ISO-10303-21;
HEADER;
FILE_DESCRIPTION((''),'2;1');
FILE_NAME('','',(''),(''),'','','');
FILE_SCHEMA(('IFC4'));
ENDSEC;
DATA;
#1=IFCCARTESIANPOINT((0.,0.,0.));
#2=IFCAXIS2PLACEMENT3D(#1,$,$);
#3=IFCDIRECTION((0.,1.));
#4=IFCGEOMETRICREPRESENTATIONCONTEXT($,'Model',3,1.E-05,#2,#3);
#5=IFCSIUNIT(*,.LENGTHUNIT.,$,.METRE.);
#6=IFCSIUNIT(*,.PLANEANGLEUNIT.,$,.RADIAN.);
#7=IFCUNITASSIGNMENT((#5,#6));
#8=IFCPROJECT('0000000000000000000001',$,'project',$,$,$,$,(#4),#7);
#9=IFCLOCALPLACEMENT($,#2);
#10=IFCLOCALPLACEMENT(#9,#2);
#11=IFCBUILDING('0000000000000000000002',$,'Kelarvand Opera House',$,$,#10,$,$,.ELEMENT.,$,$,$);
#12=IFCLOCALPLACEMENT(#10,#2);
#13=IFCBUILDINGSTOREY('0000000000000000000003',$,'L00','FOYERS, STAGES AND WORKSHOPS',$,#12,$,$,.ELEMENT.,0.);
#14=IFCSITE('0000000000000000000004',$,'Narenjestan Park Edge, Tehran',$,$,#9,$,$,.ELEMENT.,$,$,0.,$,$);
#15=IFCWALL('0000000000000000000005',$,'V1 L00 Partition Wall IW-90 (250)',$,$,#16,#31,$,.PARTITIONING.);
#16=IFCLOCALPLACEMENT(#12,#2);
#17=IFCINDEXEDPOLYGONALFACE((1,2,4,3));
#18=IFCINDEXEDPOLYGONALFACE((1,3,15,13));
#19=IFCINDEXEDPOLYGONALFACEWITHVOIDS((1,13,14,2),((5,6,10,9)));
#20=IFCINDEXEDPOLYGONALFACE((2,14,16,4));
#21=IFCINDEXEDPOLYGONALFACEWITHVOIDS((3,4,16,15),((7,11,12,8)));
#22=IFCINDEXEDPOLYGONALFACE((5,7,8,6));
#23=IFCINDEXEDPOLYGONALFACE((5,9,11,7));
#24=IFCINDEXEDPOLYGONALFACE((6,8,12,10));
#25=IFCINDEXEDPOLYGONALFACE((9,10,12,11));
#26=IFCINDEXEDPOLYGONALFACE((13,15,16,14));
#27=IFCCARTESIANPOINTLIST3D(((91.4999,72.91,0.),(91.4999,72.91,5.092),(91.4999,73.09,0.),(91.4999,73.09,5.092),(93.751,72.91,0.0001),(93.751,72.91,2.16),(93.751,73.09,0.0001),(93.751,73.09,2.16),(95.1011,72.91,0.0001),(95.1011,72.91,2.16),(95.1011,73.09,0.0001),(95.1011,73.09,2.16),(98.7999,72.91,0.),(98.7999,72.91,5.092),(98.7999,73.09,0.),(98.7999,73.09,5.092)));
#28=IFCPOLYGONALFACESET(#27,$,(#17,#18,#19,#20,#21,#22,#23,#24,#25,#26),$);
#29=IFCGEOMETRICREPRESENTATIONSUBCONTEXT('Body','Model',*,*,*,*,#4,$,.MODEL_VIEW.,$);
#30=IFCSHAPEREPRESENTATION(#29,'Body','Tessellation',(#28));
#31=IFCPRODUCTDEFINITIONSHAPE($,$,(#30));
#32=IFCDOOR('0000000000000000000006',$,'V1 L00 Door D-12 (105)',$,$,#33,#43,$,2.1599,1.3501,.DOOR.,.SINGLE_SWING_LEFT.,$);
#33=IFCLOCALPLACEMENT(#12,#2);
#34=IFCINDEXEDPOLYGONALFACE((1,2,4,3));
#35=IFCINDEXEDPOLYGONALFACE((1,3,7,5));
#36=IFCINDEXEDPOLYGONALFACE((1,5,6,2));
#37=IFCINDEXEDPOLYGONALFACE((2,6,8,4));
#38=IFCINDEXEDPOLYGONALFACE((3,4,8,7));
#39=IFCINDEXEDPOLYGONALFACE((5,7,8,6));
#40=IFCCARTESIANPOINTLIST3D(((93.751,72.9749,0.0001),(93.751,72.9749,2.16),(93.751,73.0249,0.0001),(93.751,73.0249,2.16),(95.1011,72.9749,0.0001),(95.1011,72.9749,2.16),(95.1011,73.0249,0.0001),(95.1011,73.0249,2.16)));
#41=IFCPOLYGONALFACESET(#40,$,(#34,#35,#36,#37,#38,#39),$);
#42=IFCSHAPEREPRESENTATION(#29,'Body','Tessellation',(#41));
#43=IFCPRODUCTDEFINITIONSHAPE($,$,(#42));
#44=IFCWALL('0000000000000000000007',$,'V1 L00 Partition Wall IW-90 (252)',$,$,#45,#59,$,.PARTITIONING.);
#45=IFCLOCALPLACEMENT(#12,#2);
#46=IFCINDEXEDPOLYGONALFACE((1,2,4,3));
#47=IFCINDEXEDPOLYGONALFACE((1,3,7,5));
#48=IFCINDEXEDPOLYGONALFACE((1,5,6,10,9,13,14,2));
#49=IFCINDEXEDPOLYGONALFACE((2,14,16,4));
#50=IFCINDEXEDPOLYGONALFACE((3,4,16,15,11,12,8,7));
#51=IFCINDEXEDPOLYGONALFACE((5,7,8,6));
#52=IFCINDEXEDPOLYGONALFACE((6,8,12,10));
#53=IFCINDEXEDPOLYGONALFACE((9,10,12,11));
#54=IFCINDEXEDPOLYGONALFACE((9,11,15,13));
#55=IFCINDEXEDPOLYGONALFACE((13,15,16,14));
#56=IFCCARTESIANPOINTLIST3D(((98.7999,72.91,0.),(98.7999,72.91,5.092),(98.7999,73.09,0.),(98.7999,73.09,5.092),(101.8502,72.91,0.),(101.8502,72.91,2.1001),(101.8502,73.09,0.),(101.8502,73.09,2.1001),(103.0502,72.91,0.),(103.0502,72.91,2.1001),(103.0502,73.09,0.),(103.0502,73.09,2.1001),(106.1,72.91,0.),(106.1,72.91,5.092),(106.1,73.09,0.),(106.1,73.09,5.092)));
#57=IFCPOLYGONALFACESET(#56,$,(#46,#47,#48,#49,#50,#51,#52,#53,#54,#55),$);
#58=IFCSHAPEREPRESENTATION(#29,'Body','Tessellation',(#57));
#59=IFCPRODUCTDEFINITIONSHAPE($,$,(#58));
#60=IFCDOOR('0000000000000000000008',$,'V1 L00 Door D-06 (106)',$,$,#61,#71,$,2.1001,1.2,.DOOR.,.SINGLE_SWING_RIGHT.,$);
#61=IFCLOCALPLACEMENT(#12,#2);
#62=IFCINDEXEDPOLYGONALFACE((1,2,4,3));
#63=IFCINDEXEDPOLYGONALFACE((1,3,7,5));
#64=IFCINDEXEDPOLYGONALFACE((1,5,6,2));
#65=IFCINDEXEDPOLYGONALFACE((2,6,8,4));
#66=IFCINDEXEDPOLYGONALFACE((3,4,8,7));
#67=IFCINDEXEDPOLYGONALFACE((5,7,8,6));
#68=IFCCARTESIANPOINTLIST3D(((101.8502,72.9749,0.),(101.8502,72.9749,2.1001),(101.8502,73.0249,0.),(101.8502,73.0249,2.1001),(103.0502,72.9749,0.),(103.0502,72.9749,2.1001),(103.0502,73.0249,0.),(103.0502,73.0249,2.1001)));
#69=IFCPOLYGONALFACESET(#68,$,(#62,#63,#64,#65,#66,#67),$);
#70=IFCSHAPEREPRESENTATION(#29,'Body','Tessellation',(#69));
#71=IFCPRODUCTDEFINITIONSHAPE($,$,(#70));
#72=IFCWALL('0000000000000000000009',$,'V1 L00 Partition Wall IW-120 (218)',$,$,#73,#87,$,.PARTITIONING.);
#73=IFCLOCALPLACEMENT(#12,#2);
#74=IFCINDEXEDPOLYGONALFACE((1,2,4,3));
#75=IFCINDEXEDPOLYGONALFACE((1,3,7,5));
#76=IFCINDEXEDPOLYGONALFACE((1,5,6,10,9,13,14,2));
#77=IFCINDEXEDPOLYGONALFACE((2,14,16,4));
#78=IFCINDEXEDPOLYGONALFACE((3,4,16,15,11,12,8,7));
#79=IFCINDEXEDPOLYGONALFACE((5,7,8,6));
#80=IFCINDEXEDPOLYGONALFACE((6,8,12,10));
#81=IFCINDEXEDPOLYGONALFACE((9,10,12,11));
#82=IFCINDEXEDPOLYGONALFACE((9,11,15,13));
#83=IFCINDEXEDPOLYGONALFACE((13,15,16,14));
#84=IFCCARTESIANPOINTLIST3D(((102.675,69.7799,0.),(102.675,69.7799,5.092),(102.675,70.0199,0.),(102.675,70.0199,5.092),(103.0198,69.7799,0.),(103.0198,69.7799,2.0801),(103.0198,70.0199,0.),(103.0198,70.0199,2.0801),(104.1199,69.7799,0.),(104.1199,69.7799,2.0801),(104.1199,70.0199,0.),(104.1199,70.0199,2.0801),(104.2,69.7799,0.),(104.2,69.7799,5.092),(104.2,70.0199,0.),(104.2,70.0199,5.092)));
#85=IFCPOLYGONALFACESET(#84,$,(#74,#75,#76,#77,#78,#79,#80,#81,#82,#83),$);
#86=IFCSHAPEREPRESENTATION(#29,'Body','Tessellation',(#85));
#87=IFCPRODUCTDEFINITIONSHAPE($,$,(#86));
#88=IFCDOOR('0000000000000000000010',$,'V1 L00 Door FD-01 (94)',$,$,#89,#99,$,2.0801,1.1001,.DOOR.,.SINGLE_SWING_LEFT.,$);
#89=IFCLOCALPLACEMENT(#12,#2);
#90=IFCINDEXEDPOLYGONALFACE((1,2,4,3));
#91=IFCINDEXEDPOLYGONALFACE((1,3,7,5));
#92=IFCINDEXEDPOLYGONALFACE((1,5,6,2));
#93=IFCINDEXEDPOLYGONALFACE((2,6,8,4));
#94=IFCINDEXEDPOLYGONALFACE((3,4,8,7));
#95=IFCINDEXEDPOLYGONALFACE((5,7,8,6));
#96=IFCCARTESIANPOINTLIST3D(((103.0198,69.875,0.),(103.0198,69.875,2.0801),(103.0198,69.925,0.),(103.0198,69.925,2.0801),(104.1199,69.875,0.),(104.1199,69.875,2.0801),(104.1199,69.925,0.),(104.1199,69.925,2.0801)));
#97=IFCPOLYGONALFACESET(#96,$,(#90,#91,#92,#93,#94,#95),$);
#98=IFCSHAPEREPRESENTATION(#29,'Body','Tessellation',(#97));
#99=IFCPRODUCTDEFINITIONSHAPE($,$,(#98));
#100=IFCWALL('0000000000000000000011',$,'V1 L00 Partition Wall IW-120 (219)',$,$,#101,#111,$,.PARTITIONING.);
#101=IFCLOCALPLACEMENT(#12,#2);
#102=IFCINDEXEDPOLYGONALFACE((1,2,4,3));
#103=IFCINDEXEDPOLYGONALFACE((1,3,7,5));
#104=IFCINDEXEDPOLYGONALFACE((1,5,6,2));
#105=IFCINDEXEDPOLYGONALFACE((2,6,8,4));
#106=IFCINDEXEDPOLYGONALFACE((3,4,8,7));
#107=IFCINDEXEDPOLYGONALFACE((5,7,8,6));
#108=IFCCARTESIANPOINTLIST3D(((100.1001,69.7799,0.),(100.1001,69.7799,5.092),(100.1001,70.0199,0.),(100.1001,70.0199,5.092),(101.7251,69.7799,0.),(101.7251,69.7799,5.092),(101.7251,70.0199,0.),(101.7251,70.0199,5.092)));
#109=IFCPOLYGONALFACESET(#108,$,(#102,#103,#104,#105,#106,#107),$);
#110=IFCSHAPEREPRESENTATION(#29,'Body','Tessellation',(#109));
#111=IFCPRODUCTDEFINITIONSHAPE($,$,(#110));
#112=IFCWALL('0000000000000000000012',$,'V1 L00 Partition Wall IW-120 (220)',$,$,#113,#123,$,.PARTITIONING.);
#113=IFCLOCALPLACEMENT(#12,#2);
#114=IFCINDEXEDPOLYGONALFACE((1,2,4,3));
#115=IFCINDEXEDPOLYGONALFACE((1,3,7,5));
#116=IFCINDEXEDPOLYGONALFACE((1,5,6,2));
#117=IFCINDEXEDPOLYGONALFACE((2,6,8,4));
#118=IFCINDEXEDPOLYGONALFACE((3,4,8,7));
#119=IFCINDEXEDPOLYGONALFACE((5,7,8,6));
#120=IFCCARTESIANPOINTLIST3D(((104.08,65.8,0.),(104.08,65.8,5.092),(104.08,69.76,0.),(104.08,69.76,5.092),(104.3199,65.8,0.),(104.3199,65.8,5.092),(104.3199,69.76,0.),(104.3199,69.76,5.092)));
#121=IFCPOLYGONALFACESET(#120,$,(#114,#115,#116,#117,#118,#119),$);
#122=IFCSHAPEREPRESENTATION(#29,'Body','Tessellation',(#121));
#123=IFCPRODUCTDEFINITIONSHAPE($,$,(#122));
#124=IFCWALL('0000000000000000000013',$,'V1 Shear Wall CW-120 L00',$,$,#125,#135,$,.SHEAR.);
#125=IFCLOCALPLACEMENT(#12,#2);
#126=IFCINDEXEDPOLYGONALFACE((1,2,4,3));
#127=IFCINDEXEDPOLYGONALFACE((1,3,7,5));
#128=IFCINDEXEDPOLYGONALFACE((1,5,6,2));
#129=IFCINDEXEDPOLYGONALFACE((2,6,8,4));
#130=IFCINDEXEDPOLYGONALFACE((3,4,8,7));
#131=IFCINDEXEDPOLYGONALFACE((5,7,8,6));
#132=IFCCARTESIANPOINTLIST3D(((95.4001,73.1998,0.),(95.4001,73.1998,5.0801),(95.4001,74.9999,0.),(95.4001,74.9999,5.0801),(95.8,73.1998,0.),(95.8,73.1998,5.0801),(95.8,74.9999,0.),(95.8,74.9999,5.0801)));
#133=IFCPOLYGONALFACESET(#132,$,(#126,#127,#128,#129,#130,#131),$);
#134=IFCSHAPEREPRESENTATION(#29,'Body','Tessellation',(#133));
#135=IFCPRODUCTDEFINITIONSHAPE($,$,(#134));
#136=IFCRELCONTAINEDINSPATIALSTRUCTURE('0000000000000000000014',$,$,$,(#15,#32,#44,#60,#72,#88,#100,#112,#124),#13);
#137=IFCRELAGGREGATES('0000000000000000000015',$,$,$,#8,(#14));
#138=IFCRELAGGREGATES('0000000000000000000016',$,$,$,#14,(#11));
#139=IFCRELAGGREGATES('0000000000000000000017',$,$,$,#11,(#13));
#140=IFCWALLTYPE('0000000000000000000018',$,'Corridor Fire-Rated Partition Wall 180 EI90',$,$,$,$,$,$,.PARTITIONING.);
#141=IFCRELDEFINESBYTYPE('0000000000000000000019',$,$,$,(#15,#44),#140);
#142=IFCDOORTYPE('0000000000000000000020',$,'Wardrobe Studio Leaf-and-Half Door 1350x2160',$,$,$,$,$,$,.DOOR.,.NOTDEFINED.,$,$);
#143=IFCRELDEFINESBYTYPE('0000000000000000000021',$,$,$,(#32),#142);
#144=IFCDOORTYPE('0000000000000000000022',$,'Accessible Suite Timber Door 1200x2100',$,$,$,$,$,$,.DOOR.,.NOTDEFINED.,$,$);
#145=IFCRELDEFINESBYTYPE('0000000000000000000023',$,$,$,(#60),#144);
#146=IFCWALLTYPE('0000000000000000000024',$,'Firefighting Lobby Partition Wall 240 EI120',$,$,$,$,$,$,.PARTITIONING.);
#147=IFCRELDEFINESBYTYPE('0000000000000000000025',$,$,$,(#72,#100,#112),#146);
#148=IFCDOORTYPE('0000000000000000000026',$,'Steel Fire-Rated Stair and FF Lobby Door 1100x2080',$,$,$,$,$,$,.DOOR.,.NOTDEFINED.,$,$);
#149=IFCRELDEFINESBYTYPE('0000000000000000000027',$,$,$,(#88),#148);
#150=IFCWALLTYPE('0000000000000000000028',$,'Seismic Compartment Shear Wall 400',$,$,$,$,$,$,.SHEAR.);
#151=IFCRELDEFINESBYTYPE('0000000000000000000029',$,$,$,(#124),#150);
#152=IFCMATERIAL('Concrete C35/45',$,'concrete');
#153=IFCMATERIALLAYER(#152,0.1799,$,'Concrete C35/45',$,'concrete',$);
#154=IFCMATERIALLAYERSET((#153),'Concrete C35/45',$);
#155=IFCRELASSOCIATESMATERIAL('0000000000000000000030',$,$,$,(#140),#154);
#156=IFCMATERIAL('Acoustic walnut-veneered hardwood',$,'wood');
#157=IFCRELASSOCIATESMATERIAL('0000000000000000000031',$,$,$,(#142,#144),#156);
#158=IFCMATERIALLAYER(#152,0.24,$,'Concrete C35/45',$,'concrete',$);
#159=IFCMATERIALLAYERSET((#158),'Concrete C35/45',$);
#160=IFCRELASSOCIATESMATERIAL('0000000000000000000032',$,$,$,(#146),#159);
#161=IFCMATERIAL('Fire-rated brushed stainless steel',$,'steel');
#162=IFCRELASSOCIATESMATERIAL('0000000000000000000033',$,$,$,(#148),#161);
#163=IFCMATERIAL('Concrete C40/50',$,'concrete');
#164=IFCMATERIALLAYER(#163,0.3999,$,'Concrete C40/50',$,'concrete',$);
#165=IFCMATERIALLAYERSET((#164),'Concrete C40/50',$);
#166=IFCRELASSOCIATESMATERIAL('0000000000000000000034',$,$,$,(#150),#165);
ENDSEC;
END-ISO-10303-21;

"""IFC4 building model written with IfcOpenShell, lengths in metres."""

from ifc_helpers import new_model, si_unit, direction, frame, frame_2d, origin, place, context, subcontext, project, spatial, rectangle, extrude, material, layer, layer_set, type_object, element, fill, save


model = new_model("IFC4")

# Units and contexts
model_context = context("Model", 3, precision=1e-05, world=origin(), true_north=direction((0.0, 1.0)))
body_context = subcontext(model_context, "Body", "Model", "MODEL_VIEW")
ifc_project = project(units=[si_unit("LENGTHUNIT", "METRE"), si_unit("PLANEANGLEUNIT", "RADIAN")], contexts=[model_context])

# Site, building, storey
site_placement = place(None, origin())
site = spatial("IfcSite", under=ifc_project, at=site_placement, Name="Narenjestan Park Edge, Tehran", CompositionType="ELEMENT", RefElevation=0.0)
building_placement = place(site_placement, origin())
building = spatial("IfcBuilding", under=site, at=building_placement, Name="Kelarvand Opera House", CompositionType="ELEMENT")
storey_placement = place(building_placement, origin())
storey = spatial("IfcBuildingStorey", under=building, at=storey_placement, Name="L00", Description="FOYERS, STAGES AND WORKSHOPS", CompositionType="ELEMENT", Elevation=0.0)

# Shared definitions
ifc_material_1 = material(Name="Concrete C40/50", Category="concrete")

# Walls, openings, doors
ifc_material_2 = material(Name="Concrete C35/45", Category="concrete")
ifc_layer_1 = layer(ifc_material_2, 0.1799, Name="Concrete C35/45", Category="concrete")
ifc_layer_set_1 = layer_set([ifc_layer_1], Name="Concrete C35/45")
wall_type_1 = type_object("IfcWallType", Name="Corridor Fire-Rated Partition Wall 180 EI90", PredefinedType="PARTITIONING", material=ifc_layer_set_1)
ifc_material_3 = material(Name="Acoustic walnut-veneered hardwood", Category="wood")
wall_1_placement = place(storey_placement, frame((91.5, 73.0, 0.0), z_axis=(0.0, 0.0, 1.0), x_axis=(1.0, 0.0, 0.0)))
wall_1 = element("IfcWall", 1, at=wall_1_placement, inside=storey, type_object=wall_type_1, Name="V1 L00 Partition Wall IW-90 (250)", PredefinedType="PARTITIONING", context=body_context, shape_type="SweptSolid", body=[
    extrude(rectangle(XDim=7.3, YDim=0.1799, at=frame_2d((3.6499, 0.0))), origin(), (0.0, 0.0, 1.0), 5.092),
])
opening_1_placement = place(wall_1_placement, frame((2.251, 0.0, 0.0)))
opening_1 = element("IfcOpeningElement", 2, at=opening_1_placement, cuts=wall_1, PredefinedType="OPENING", context=body_context, shape_type="SweptSolid", body=[
    extrude(rectangle(XDim=1.3501, YDim=2.1599, at=frame_2d((0.675, 1.0801))), frame((0.0, 0.1001, 0.0), z_axis=(0.0, -1.0, 0.0), x_axis=(1.0, 0.0, 0.0)), (0.0, 0.0, 1.0), 0.2),
])
door_type_1 = type_object("IfcDoorType", Name="Wardrobe Studio Leaf-and-Half Door 1350x2160", OperationType="NOTDEFINED", PredefinedType="DOOR", material=ifc_material_3)
door_1_placement = place(opening_1_placement, origin())
door_1 = element("IfcDoor", 3, at=door_1_placement, inside=storey, type_object=door_type_1, Name="V1 L00 Door D-12 (105)", OperationType="SINGLE_SWING_LEFT", OverallHeight=2.1599, OverallWidth=1.3501, PredefinedType="DOOR", context=body_context, shape_type="SweptSolid", body=[
    extrude(rectangle(XDim=1.3501, YDim=2.1599, at=frame_2d((0.675, 1.0801))), frame((0.0, 0.0249, 0.0), z_axis=(0.0, -1.0, 0.0), x_axis=(1.0, 0.0, 0.0)), (0.0, 0.0, 1.0), 0.05),
])
fill(opening_1, door_1)
wall_2_placement = place(storey_placement, frame((98.8, 73.0, 0.0), z_axis=(0.0, 0.0, 1.0), x_axis=(1.0, 0.0, 0.0)))
wall_2 = element("IfcWall", 4, at=wall_2_placement, inside=storey, type_object=wall_type_1, Name="V1 L00 Partition Wall IW-90 (252)", PredefinedType="PARTITIONING", context=body_context, shape_type="SweptSolid", body=[
    extrude(rectangle(XDim=7.3, YDim=0.1799, at=frame_2d((3.6499, 0.0))), origin(), (0.0, 0.0, 1.0), 5.092),
])
opening_2_placement = place(wall_2_placement, frame((3.05, 0.0, 0.0)))
opening_2 = element("IfcOpeningElement", 5, at=opening_2_placement, cuts=wall_2, PredefinedType="OPENING", context=body_context, shape_type="SweptSolid", body=[
    extrude(rectangle(XDim=1.2, YDim=2.1001, at=frame_2d((0.6001, 1.05))), frame((0.0, 0.1001, 0.0), z_axis=(0.0, -1.0, 0.0), x_axis=(1.0, 0.0, 0.0)), (0.0, 0.0, 1.0), 0.2),
])
door_type_2 = type_object("IfcDoorType", Name="Accessible Suite Timber Door 1200x2100", OperationType="NOTDEFINED", PredefinedType="DOOR", material=ifc_material_3)
door_2_placement = place(opening_2_placement, origin())
door_2 = element("IfcDoor", 6, at=door_2_placement, inside=storey, type_object=door_type_2, Name="V1 L00 Door D-06 (106)", OperationType="SINGLE_SWING_RIGHT", OverallHeight=2.1001, OverallWidth=1.2, PredefinedType="DOOR", context=body_context, shape_type="SweptSolid", body=[
    extrude(rectangle(XDim=1.2, YDim=2.1001, at=frame_2d((0.6001, 1.05))), frame((0.0, 0.0249, 0.0), z_axis=(0.0, -1.0, 0.0), x_axis=(1.0, 0.0, 0.0)), (0.0, 0.0, 1.0), 0.05),
])
fill(opening_2, door_2)
ifc_layer_2 = layer(ifc_material_2, 0.24, Name="Concrete C35/45", Category="concrete")
ifc_layer_set_2 = layer_set([ifc_layer_2], Name="Concrete C35/45")
wall_type_2 = type_object("IfcWallType", Name="Firefighting Lobby Partition Wall 240 EI120", PredefinedType="PARTITIONING", material=ifc_layer_set_2)
wall_3_placement = place(storey_placement, frame((104.2, 69.8999, 0.0), z_axis=(0.0, 0.0, 1.0), x_axis=(-1.0, 0.0, 0.0)))
wall_3 = element("IfcWall", 7, at=wall_3_placement, inside=storey, type_object=wall_type_2, Name="V1 L00 Partition Wall IW-120 (218)", PredefinedType="PARTITIONING", context=body_context, shape_type="SweptSolid", body=[
    extrude(rectangle(XDim=1.5249, YDim=0.24, at=frame_2d((0.7625, 0.0))), origin(), (0.0, 0.0, 1.0), 5.092),
])
opening_3_placement = place(wall_3_placement, frame((0.0801, 0.0, 0.0)))
opening_3 = element("IfcOpeningElement", 8, at=opening_3_placement, cuts=wall_3, PredefinedType="OPENING", context=body_context, shape_type="SweptSolid", body=[
    extrude(rectangle(XDim=1.1001, YDim=2.0801, at=frame_2d((0.55, 1.04))), frame((0.0, 0.1299, 0.0), z_axis=(0.0, -1.0, 0.0), x_axis=(1.0, 0.0, 0.0)), (0.0, 0.0, 1.0), 0.26),
])
ifc_material_4 = material(Name="Fire-rated brushed stainless steel", Category="steel")
door_type_3 = type_object("IfcDoorType", Name="Steel Fire-Rated Stair and FF Lobby Door 1100x2080", OperationType="NOTDEFINED", PredefinedType="DOOR", material=ifc_material_4)
door_3_placement = place(opening_3_placement, origin())
door_3 = element("IfcDoor", 9, at=door_3_placement, inside=storey, type_object=door_type_3, Name="V1 L00 Door FD-01 (94)", OperationType="SINGLE_SWING_LEFT", OverallHeight=2.0801, OverallWidth=1.1001, PredefinedType="DOOR", context=body_context, shape_type="SweptSolid", body=[
    extrude(rectangle(XDim=1.1001, YDim=2.0801, at=frame_2d((0.55, 1.04))), frame((0.0, 0.0249, 0.0), z_axis=(0.0, -1.0, 0.0), x_axis=(1.0, 0.0, 0.0)), (0.0, 0.0, 1.0), 0.05),
])
fill(opening_3, door_3)

# Walls
wall_4_placement = place(storey_placement, frame((101.7251, 69.8999, 0.0), z_axis=(0.0, 0.0, 1.0), x_axis=(-1.0, 0.0, 0.0)))
element("IfcWall", 10, at=wall_4_placement, inside=storey, type_object=wall_type_2, Name="V1 L00 Partition Wall IW-120 (219)", PredefinedType="PARTITIONING", context=body_context, shape_type="SweptSolid", body=[
    extrude(rectangle(XDim=1.625, YDim=0.24, at=frame_2d((0.8125, 0.0))), origin(), (0.0, 0.0, 1.0), 5.092),
])
wall_5_placement = place(storey_placement, frame((104.2, 69.76, 0.0), z_axis=(0.0, 0.0, 1.0), x_axis=(0.0, -1.0, 0.0)))
element("IfcWall", 11, at=wall_5_placement, inside=storey, type_object=wall_type_2, Name="V1 L00 Partition Wall IW-120 (220)", PredefinedType="PARTITIONING", context=body_context, shape_type="SweptSolid", body=[
    extrude(rectangle(XDim=3.96, YDim=0.24, at=frame_2d((1.98, 0.0))), origin(), (0.0, 0.0, 1.0), 5.092),
])
ifc_layer_3 = layer(ifc_material_1, 0.3999, Name="Concrete C40/50", Category="concrete")
ifc_layer_set_3 = layer_set([ifc_layer_3], Name="Concrete C40/50")
wall_type_3 = type_object("IfcWallType", Name="Seismic Compartment Shear Wall 400", PredefinedType="SHEAR", material=ifc_layer_set_3)
wall_6_placement = place(storey_placement, frame((95.6001, 73.2, 0.0), z_axis=(0.0, 0.0, 1.0), x_axis=(0.0, 1.0, 0.0)))
element("IfcWall", 12, at=wall_6_placement, inside=storey, type_object=wall_type_3, Name="V1 Shear Wall CW-120 L00", PredefinedType="SHEAR", context=body_context, shape_type="SweptSolid", body=[
    extrude(rectangle(XDim=1.8, YDim=0.3999, at=frame_2d((0.8999, 0.0))), origin(), (0.0, 0.0, 1.0), 5.0801),
])

save(model, "model.ifc")
